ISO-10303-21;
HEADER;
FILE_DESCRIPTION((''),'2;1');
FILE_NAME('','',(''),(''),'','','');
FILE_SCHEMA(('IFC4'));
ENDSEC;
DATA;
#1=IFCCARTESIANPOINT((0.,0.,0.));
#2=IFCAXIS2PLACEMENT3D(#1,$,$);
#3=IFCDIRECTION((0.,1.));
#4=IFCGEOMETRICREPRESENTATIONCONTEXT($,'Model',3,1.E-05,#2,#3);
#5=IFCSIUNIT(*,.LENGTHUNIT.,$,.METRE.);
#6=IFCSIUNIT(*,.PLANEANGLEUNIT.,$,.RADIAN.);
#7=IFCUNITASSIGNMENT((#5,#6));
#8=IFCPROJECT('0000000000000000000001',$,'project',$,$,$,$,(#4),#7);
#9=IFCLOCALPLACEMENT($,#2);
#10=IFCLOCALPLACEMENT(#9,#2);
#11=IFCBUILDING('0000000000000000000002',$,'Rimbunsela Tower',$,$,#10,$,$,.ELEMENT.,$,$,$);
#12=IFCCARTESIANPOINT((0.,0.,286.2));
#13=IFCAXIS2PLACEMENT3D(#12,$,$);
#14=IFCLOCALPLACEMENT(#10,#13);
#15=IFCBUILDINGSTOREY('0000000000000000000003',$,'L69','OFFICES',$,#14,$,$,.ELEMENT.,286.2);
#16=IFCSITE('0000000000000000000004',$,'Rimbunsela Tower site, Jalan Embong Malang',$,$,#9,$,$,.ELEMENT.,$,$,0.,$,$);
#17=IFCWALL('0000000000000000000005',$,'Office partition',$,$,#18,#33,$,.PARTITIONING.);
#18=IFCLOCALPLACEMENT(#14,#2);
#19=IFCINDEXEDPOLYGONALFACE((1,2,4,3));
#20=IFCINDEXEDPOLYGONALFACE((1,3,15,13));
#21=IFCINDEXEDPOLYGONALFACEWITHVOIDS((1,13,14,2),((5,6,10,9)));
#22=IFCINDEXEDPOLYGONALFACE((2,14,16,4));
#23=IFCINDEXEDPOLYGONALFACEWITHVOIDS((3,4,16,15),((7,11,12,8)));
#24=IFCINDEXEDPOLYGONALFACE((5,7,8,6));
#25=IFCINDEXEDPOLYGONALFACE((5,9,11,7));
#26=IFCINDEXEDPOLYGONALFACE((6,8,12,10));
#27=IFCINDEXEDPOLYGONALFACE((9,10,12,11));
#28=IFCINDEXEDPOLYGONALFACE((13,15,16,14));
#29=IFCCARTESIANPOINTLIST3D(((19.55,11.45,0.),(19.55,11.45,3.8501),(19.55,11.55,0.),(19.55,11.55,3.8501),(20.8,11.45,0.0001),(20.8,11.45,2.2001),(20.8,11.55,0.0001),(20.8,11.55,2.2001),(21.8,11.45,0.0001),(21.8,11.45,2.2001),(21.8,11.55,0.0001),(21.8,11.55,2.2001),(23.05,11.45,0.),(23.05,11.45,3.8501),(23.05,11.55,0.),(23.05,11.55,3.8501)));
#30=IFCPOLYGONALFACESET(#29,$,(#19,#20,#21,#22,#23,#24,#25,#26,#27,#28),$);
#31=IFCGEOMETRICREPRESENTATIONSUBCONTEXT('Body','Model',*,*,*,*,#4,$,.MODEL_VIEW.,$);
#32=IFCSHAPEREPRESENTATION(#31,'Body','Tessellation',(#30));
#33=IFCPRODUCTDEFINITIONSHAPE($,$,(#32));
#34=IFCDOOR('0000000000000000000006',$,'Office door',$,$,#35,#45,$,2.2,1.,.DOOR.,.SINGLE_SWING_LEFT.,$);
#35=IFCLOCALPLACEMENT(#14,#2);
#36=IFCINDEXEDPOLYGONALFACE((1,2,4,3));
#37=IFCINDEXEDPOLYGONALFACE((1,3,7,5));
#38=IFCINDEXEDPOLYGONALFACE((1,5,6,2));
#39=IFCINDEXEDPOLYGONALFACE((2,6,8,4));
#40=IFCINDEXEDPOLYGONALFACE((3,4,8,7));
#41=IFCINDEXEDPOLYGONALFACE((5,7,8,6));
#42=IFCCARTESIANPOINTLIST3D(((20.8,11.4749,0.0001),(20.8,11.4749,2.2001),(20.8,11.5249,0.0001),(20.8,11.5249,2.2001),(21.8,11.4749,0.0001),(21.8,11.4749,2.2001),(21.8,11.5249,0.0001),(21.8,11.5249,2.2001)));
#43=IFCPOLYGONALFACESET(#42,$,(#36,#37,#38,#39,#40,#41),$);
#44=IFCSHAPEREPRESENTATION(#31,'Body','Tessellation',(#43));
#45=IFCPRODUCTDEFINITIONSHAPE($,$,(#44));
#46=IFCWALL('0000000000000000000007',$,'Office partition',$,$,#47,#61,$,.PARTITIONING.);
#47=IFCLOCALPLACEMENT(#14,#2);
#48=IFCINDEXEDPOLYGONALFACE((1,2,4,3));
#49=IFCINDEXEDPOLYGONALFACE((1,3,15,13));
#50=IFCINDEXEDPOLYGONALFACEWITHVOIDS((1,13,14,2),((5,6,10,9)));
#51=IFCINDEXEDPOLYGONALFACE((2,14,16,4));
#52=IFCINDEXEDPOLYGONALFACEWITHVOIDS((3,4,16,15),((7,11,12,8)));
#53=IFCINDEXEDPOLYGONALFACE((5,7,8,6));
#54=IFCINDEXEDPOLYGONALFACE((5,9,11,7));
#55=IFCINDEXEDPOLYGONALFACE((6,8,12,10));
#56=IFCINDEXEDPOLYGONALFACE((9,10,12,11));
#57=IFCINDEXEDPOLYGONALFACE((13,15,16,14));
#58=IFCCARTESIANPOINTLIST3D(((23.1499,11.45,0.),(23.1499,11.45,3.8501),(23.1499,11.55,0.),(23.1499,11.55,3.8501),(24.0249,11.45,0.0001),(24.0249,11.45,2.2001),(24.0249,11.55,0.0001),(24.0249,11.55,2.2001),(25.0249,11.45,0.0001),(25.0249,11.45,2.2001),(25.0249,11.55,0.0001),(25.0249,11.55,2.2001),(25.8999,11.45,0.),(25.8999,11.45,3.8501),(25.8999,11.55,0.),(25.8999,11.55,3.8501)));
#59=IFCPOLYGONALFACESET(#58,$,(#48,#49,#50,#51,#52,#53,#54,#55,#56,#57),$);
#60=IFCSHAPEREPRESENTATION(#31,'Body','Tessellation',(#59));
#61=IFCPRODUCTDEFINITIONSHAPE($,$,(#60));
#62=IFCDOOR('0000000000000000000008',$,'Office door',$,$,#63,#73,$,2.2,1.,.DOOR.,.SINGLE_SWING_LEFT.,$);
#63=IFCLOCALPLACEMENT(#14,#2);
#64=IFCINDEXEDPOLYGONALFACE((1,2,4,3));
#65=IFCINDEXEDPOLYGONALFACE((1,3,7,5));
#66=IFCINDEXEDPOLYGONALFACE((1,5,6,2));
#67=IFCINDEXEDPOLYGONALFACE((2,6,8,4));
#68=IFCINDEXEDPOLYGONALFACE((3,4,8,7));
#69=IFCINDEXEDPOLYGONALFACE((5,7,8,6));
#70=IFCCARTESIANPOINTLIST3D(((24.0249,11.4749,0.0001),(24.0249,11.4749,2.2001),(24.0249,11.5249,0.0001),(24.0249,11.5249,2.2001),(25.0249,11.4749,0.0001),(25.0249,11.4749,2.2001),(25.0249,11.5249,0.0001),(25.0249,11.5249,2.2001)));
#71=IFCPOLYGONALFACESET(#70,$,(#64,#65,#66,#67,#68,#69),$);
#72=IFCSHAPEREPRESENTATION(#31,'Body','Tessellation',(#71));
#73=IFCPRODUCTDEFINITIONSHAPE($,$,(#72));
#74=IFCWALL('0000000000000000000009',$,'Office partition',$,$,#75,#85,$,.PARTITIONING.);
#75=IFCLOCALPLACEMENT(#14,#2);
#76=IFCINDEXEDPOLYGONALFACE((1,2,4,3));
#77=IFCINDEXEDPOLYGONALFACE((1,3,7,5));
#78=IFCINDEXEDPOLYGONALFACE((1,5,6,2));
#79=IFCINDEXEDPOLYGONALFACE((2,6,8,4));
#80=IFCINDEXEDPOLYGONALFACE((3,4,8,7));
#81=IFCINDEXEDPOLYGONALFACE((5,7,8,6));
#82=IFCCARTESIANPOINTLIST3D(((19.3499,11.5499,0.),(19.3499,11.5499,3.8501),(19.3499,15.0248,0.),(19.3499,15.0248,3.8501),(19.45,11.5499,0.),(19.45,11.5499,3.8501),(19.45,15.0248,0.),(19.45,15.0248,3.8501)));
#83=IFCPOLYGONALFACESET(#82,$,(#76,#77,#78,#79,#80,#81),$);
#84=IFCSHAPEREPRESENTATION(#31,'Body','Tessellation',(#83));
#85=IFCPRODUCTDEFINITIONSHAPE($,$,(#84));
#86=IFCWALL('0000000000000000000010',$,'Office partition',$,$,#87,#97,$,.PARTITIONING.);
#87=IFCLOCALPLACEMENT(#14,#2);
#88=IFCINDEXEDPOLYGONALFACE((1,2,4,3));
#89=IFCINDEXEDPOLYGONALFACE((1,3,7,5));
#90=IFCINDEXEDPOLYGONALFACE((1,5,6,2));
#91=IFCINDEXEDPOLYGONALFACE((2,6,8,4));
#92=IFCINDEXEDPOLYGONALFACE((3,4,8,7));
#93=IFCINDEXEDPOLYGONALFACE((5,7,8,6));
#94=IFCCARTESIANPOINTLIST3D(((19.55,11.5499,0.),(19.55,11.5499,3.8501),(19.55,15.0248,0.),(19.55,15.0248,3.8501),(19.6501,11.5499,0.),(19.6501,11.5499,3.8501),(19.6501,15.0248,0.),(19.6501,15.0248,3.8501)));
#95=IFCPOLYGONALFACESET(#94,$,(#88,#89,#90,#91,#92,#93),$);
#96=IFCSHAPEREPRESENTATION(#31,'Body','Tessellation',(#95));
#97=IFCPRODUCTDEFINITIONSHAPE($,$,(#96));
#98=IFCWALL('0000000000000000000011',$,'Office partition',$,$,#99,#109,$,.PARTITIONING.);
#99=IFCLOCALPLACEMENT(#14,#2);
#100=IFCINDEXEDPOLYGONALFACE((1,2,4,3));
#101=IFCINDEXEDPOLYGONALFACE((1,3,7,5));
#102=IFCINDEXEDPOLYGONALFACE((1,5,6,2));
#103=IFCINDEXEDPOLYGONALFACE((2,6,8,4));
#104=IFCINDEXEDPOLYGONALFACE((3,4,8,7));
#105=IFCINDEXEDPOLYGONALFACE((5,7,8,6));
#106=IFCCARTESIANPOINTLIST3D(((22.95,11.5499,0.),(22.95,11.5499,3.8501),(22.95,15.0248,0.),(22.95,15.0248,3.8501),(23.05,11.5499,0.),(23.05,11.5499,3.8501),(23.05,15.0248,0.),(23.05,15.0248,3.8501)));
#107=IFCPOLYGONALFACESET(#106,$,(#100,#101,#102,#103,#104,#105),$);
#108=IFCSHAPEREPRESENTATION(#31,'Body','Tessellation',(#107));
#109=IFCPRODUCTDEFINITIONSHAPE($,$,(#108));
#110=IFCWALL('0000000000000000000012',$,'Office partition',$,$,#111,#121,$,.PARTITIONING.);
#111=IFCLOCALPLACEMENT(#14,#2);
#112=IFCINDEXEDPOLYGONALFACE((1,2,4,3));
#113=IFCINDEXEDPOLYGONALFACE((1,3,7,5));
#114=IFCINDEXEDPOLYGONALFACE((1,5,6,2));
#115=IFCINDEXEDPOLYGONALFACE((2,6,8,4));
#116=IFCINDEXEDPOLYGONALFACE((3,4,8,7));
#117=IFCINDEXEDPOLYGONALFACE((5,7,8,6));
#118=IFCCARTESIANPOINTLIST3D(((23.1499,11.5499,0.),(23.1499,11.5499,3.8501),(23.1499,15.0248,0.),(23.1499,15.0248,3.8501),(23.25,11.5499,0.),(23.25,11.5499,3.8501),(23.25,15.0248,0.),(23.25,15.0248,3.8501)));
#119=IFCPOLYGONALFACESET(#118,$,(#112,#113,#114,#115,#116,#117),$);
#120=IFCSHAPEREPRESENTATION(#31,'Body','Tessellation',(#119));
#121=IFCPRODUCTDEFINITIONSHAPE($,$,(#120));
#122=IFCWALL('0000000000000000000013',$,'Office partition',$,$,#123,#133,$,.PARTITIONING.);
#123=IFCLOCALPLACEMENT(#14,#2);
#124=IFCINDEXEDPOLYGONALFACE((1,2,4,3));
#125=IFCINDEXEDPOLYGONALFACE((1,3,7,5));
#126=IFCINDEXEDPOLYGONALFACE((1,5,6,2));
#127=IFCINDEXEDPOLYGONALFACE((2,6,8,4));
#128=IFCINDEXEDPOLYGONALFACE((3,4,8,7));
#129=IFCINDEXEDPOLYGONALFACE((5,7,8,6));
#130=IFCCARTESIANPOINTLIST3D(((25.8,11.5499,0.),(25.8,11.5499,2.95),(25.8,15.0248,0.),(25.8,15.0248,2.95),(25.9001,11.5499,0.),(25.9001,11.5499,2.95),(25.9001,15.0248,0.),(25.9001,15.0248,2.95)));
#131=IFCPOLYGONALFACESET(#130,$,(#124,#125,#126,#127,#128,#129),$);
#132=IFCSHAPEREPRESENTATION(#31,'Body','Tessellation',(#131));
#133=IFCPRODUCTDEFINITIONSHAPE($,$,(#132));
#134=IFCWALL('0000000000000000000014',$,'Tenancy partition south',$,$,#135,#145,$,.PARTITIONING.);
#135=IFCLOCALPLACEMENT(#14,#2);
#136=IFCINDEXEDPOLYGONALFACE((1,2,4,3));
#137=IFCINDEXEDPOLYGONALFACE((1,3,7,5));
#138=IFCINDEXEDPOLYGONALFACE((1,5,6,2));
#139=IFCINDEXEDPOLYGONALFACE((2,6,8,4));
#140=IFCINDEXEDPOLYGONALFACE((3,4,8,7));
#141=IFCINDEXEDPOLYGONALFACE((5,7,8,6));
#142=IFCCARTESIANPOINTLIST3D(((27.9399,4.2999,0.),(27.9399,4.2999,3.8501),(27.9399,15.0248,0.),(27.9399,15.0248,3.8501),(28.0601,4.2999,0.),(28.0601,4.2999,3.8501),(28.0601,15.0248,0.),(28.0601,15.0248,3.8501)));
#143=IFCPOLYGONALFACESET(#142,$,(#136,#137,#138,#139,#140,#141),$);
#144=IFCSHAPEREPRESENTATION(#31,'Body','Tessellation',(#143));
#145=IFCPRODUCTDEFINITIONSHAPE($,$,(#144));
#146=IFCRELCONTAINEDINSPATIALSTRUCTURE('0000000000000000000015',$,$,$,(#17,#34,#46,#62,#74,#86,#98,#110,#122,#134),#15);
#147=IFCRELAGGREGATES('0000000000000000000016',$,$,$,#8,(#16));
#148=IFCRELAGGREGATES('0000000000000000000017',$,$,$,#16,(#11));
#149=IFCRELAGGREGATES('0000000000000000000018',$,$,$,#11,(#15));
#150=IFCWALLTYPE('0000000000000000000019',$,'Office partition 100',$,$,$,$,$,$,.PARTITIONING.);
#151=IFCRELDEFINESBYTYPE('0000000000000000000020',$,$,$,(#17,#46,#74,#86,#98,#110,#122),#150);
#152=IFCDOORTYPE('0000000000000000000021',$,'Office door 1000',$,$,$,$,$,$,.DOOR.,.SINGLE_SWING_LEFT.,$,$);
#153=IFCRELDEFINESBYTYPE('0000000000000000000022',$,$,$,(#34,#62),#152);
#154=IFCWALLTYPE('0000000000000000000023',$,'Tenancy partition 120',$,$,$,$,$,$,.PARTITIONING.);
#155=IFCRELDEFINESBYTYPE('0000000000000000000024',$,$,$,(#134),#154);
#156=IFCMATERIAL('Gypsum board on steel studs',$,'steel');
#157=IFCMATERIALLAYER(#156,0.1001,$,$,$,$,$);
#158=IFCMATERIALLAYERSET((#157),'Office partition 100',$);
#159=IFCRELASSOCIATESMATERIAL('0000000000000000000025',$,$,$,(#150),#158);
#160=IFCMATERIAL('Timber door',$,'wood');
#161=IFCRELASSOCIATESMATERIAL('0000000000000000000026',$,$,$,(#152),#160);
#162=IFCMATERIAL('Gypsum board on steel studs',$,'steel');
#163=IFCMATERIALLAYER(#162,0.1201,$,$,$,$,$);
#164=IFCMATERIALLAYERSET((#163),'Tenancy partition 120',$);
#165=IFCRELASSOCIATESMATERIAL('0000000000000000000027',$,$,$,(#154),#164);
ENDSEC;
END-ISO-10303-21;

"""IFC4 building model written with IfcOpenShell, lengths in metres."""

from ifc_helpers import new_model, si_unit, direction, frame, frame_2d, origin, place, context, subcontext, project, spatial, rectangle, extrude, material, layer, layer_set, type_object, element, fill, save


model = new_model("IFC4")

# Units and contexts
model_context = context("Model", 3, precision=1e-05, world=origin(), true_north=direction((0.0, 1.0)))
body_context = subcontext(model_context, "Body", "Model", "MODEL_VIEW")
ifc_project = project(units=[si_unit("LENGTHUNIT", "METRE"), si_unit("PLANEANGLEUNIT", "RADIAN")], contexts=[model_context])

# Site, building, storey
site_placement = place(None, origin())
site = spatial("IfcSite", under=ifc_project, at=site_placement, Name="Rimbunsela Tower site, Jalan Embong Malang", CompositionType="ELEMENT", RefElevation=0.0)
building_placement = place(site_placement, origin())
building = spatial("IfcBuilding", under=site, at=building_placement, Name="Rimbunsela Tower", CompositionType="ELEMENT")
storey_placement = place(building_placement, frame((0.0, 0.0, 286.2)))
storey = spatial("IfcBuildingStorey", under=building, at=storey_placement, Name="L69", Description="OFFICES", CompositionType="ELEMENT", Elevation=286.2)

# Walls, openings, doors
ifc_material_1 = material(Name="Gypsum board on steel studs", Category="steel")
ifc_layer_1 = layer(ifc_material_1, 0.1001)
ifc_layer_set_1 = layer_set([ifc_layer_1], Name="Office partition 100")
wall_type_1 = type_object("IfcWallType", Name="Office partition 100", PredefinedType="PARTITIONING", material=ifc_layer_set_1)
wall_1_placement = place(storey_placement, frame((19.55, 11.5, 0.0), z_axis=(0.0, 0.0, 1.0), x_axis=(1.0, 0.0, 0.0)))
wall_1 = element("IfcWall", 1, at=wall_1_placement, inside=storey, type_object=wall_type_1, Name="Office partition", PredefinedType="PARTITIONING", context=body_context, shape_type="SweptSolid", body=[
    extrude(rectangle(XDim=3.5, YDim=0.1001, at=frame_2d((1.75, 0.0))), origin(), (0.0, 0.0, 1.0), 3.8501),
])
opening_1_placement = place(wall_1_placement, frame((1.25, 0.0, 0.0)))
opening_1 = element("IfcOpeningElement", 2, at=opening_1_placement, cuts=wall_1, PredefinedType="OPENING", context=body_context, shape_type="SweptSolid", body=[
    extrude(rectangle(XDim=1.0, YDim=2.2, at=frame_2d((0.5, 1.1001))), frame((0.0, 0.0601, 0.0), z_axis=(0.0, -1.0, 0.0), x_axis=(1.0, 0.0, 0.0)), (0.0, 0.0, 1.0), 0.1201),
])
ifc_material_2 = material(Name="Timber door", Category="wood")
door_type_1 = type_object("IfcDoorType", Name="Office door 1000", OperationType="SINGLE_SWING_LEFT", PredefinedType="DOOR", material=ifc_material_2)
door_1_placement = place(opening_1_placement, origin())
door_1 = element("IfcDoor", 3, at=door_1_placement, inside=storey, type_object=door_type_1, Name="Office door", OperationType="SINGLE_SWING_LEFT", OverallHeight=2.2, OverallWidth=1.0, PredefinedType="DOOR", context=body_context, shape_type="SweptSolid", body=[
    extrude(rectangle(XDim=1.0, YDim=2.2, at=frame_2d((0.5, 1.1001))), frame((0.0, 0.0249, 0.0), z_axis=(0.0, -1.0, 0.0), x_axis=(1.0, 0.0, 0.0)), (0.0, 0.0, 1.0), 0.05),
])
fill(opening_1, door_1)
wall_2_placement = place(storey_placement, frame((23.1499, 11.5, 0.0), z_axis=(0.0, 0.0, 1.0), x_axis=(1.0, 0.0, 0.0)))
wall_2 = element("IfcWall", 4, at=wall_2_placement, inside=storey, type_object=wall_type_1, Name="Office partition", PredefinedType="PARTITIONING", context=body_context, shape_type="SweptSolid", body=[
    extrude(rectangle(XDim=2.75, YDim=0.1001, at=frame_2d((1.375, 0.0))), origin(), (0.0, 0.0, 1.0), 3.8501),
])
opening_2_placement = place(wall_2_placement, frame((0.875, 0.0, 0.0)))
opening_2 = element("IfcOpeningElement", 5, at=opening_2_placement, cuts=wall_2, PredefinedType="OPENING", context=body_context, shape_type="SweptSolid", body=[
    extrude(rectangle(XDim=1.0, YDim=2.2, at=frame_2d((0.5, 1.1001))), frame((0.0, 0.0601, 0.0), z_axis=(0.0, -1.0, 0.0), x_axis=(1.0, 0.0, 0.0)), (0.0, 0.0, 1.0), 0.1201),
])
door_2_placement = place(opening_2_placement, origin())
door_2 = element("IfcDoor", 6, at=door_2_placement, inside=storey, type_object=door_type_1, Name="Office door", OperationType="SINGLE_SWING_LEFT", OverallHeight=2.2, OverallWidth=1.0, PredefinedType="DOOR", context=body_context, shape_type="SweptSolid", body=[
    extrude(rectangle(XDim=1.0, YDim=2.2, at=frame_2d((0.5, 1.1001))), frame((0.0, 0.0249, 0.0), z_axis=(0.0, -1.0, 0.0), x_axis=(1.0, 0.0, 0.0)), (0.0, 0.0, 1.0), 0.05),
])
fill(opening_2, door_2)

# Walls
for number, where, z_axis, x_axis, name in (
    (7, (19.3999, 11.55, 0.0), (0.0, 0.0, 1.0), (0.0, 1.0, 0.0), "Office partition"),
    (8, (19.6001, 11.55, 0.0), (0.0, 0.0, 1.0), (0.0, 1.0, 0.0), "Office partition"),
    (9, (23.0, 11.55, 0.0), (0.0, 0.0, 1.0), (0.0, 1.0, 0.0), "Office partition"),
    (10, (23.2, 11.55, 0.0), (0.0, 0.0, 1.0), (0.0, 1.0, 0.0), "Office partition"),
):
    element("IfcWall", number, at=place(storey_placement, frame(where, z_axis=z_axis, x_axis=x_axis)), inside=storey, type_object=wall_type_1, Name=name, PredefinedType="PARTITIONING", context=body_context, shape_type="SweptSolid", body=[
        extrude(rectangle(XDim=3.4749, YDim=0.1001, at=frame_2d((1.7373, 0.0))), origin(), (0.0, 0.0, 1.0), 3.8501),
    ])
wall_3_placement = place(storey_placement, frame((25.8501, 11.55, 0.0), z_axis=(0.0, 0.0, 1.0), x_axis=(0.0, 1.0, 0.0)))
element("IfcWall", 11, at=wall_3_placement, inside=storey, type_object=wall_type_1, Name="Office partition", PredefinedType="PARTITIONING", context=body_context, shape_type="SweptSolid", body=[
    extrude(rectangle(XDim=3.4749, YDim=0.1001, at=frame_2d((1.7373, 0.0))), origin(), (0.0, 0.0, 1.0), 2.95),
])
ifc_material_3 = material(Name="Gypsum board on steel studs", Category="steel")
ifc_layer_2 = layer(ifc_material_3, 0.1201)
ifc_layer_set_2 = layer_set([ifc_layer_2], Name="Tenancy partition 120")
wall_type_2 = type_object("IfcWallType", Name="Tenancy partition 120", PredefinedType="PARTITIONING", material=ifc_layer_set_2)
wall_4_placement = place(storey_placement, frame((28.0, 4.3, 0.0), z_axis=(0.0, 0.0, 1.0), x_axis=(0.0, 1.0, 0.0)))
element("IfcWall", 12, at=wall_4_placement, inside=storey, type_object=wall_type_2, Name="Tenancy partition south", PredefinedType="PARTITIONING", context=body_context, shape_type="SweptSolid", body=[
    extrude(rectangle(XDim=10.7249, YDim=0.1201, at=frame_2d((5.3623, 0.0))), origin(), (0.0, 0.0, 1.0), 3.8501),
])

save(model, "model.ifc")
